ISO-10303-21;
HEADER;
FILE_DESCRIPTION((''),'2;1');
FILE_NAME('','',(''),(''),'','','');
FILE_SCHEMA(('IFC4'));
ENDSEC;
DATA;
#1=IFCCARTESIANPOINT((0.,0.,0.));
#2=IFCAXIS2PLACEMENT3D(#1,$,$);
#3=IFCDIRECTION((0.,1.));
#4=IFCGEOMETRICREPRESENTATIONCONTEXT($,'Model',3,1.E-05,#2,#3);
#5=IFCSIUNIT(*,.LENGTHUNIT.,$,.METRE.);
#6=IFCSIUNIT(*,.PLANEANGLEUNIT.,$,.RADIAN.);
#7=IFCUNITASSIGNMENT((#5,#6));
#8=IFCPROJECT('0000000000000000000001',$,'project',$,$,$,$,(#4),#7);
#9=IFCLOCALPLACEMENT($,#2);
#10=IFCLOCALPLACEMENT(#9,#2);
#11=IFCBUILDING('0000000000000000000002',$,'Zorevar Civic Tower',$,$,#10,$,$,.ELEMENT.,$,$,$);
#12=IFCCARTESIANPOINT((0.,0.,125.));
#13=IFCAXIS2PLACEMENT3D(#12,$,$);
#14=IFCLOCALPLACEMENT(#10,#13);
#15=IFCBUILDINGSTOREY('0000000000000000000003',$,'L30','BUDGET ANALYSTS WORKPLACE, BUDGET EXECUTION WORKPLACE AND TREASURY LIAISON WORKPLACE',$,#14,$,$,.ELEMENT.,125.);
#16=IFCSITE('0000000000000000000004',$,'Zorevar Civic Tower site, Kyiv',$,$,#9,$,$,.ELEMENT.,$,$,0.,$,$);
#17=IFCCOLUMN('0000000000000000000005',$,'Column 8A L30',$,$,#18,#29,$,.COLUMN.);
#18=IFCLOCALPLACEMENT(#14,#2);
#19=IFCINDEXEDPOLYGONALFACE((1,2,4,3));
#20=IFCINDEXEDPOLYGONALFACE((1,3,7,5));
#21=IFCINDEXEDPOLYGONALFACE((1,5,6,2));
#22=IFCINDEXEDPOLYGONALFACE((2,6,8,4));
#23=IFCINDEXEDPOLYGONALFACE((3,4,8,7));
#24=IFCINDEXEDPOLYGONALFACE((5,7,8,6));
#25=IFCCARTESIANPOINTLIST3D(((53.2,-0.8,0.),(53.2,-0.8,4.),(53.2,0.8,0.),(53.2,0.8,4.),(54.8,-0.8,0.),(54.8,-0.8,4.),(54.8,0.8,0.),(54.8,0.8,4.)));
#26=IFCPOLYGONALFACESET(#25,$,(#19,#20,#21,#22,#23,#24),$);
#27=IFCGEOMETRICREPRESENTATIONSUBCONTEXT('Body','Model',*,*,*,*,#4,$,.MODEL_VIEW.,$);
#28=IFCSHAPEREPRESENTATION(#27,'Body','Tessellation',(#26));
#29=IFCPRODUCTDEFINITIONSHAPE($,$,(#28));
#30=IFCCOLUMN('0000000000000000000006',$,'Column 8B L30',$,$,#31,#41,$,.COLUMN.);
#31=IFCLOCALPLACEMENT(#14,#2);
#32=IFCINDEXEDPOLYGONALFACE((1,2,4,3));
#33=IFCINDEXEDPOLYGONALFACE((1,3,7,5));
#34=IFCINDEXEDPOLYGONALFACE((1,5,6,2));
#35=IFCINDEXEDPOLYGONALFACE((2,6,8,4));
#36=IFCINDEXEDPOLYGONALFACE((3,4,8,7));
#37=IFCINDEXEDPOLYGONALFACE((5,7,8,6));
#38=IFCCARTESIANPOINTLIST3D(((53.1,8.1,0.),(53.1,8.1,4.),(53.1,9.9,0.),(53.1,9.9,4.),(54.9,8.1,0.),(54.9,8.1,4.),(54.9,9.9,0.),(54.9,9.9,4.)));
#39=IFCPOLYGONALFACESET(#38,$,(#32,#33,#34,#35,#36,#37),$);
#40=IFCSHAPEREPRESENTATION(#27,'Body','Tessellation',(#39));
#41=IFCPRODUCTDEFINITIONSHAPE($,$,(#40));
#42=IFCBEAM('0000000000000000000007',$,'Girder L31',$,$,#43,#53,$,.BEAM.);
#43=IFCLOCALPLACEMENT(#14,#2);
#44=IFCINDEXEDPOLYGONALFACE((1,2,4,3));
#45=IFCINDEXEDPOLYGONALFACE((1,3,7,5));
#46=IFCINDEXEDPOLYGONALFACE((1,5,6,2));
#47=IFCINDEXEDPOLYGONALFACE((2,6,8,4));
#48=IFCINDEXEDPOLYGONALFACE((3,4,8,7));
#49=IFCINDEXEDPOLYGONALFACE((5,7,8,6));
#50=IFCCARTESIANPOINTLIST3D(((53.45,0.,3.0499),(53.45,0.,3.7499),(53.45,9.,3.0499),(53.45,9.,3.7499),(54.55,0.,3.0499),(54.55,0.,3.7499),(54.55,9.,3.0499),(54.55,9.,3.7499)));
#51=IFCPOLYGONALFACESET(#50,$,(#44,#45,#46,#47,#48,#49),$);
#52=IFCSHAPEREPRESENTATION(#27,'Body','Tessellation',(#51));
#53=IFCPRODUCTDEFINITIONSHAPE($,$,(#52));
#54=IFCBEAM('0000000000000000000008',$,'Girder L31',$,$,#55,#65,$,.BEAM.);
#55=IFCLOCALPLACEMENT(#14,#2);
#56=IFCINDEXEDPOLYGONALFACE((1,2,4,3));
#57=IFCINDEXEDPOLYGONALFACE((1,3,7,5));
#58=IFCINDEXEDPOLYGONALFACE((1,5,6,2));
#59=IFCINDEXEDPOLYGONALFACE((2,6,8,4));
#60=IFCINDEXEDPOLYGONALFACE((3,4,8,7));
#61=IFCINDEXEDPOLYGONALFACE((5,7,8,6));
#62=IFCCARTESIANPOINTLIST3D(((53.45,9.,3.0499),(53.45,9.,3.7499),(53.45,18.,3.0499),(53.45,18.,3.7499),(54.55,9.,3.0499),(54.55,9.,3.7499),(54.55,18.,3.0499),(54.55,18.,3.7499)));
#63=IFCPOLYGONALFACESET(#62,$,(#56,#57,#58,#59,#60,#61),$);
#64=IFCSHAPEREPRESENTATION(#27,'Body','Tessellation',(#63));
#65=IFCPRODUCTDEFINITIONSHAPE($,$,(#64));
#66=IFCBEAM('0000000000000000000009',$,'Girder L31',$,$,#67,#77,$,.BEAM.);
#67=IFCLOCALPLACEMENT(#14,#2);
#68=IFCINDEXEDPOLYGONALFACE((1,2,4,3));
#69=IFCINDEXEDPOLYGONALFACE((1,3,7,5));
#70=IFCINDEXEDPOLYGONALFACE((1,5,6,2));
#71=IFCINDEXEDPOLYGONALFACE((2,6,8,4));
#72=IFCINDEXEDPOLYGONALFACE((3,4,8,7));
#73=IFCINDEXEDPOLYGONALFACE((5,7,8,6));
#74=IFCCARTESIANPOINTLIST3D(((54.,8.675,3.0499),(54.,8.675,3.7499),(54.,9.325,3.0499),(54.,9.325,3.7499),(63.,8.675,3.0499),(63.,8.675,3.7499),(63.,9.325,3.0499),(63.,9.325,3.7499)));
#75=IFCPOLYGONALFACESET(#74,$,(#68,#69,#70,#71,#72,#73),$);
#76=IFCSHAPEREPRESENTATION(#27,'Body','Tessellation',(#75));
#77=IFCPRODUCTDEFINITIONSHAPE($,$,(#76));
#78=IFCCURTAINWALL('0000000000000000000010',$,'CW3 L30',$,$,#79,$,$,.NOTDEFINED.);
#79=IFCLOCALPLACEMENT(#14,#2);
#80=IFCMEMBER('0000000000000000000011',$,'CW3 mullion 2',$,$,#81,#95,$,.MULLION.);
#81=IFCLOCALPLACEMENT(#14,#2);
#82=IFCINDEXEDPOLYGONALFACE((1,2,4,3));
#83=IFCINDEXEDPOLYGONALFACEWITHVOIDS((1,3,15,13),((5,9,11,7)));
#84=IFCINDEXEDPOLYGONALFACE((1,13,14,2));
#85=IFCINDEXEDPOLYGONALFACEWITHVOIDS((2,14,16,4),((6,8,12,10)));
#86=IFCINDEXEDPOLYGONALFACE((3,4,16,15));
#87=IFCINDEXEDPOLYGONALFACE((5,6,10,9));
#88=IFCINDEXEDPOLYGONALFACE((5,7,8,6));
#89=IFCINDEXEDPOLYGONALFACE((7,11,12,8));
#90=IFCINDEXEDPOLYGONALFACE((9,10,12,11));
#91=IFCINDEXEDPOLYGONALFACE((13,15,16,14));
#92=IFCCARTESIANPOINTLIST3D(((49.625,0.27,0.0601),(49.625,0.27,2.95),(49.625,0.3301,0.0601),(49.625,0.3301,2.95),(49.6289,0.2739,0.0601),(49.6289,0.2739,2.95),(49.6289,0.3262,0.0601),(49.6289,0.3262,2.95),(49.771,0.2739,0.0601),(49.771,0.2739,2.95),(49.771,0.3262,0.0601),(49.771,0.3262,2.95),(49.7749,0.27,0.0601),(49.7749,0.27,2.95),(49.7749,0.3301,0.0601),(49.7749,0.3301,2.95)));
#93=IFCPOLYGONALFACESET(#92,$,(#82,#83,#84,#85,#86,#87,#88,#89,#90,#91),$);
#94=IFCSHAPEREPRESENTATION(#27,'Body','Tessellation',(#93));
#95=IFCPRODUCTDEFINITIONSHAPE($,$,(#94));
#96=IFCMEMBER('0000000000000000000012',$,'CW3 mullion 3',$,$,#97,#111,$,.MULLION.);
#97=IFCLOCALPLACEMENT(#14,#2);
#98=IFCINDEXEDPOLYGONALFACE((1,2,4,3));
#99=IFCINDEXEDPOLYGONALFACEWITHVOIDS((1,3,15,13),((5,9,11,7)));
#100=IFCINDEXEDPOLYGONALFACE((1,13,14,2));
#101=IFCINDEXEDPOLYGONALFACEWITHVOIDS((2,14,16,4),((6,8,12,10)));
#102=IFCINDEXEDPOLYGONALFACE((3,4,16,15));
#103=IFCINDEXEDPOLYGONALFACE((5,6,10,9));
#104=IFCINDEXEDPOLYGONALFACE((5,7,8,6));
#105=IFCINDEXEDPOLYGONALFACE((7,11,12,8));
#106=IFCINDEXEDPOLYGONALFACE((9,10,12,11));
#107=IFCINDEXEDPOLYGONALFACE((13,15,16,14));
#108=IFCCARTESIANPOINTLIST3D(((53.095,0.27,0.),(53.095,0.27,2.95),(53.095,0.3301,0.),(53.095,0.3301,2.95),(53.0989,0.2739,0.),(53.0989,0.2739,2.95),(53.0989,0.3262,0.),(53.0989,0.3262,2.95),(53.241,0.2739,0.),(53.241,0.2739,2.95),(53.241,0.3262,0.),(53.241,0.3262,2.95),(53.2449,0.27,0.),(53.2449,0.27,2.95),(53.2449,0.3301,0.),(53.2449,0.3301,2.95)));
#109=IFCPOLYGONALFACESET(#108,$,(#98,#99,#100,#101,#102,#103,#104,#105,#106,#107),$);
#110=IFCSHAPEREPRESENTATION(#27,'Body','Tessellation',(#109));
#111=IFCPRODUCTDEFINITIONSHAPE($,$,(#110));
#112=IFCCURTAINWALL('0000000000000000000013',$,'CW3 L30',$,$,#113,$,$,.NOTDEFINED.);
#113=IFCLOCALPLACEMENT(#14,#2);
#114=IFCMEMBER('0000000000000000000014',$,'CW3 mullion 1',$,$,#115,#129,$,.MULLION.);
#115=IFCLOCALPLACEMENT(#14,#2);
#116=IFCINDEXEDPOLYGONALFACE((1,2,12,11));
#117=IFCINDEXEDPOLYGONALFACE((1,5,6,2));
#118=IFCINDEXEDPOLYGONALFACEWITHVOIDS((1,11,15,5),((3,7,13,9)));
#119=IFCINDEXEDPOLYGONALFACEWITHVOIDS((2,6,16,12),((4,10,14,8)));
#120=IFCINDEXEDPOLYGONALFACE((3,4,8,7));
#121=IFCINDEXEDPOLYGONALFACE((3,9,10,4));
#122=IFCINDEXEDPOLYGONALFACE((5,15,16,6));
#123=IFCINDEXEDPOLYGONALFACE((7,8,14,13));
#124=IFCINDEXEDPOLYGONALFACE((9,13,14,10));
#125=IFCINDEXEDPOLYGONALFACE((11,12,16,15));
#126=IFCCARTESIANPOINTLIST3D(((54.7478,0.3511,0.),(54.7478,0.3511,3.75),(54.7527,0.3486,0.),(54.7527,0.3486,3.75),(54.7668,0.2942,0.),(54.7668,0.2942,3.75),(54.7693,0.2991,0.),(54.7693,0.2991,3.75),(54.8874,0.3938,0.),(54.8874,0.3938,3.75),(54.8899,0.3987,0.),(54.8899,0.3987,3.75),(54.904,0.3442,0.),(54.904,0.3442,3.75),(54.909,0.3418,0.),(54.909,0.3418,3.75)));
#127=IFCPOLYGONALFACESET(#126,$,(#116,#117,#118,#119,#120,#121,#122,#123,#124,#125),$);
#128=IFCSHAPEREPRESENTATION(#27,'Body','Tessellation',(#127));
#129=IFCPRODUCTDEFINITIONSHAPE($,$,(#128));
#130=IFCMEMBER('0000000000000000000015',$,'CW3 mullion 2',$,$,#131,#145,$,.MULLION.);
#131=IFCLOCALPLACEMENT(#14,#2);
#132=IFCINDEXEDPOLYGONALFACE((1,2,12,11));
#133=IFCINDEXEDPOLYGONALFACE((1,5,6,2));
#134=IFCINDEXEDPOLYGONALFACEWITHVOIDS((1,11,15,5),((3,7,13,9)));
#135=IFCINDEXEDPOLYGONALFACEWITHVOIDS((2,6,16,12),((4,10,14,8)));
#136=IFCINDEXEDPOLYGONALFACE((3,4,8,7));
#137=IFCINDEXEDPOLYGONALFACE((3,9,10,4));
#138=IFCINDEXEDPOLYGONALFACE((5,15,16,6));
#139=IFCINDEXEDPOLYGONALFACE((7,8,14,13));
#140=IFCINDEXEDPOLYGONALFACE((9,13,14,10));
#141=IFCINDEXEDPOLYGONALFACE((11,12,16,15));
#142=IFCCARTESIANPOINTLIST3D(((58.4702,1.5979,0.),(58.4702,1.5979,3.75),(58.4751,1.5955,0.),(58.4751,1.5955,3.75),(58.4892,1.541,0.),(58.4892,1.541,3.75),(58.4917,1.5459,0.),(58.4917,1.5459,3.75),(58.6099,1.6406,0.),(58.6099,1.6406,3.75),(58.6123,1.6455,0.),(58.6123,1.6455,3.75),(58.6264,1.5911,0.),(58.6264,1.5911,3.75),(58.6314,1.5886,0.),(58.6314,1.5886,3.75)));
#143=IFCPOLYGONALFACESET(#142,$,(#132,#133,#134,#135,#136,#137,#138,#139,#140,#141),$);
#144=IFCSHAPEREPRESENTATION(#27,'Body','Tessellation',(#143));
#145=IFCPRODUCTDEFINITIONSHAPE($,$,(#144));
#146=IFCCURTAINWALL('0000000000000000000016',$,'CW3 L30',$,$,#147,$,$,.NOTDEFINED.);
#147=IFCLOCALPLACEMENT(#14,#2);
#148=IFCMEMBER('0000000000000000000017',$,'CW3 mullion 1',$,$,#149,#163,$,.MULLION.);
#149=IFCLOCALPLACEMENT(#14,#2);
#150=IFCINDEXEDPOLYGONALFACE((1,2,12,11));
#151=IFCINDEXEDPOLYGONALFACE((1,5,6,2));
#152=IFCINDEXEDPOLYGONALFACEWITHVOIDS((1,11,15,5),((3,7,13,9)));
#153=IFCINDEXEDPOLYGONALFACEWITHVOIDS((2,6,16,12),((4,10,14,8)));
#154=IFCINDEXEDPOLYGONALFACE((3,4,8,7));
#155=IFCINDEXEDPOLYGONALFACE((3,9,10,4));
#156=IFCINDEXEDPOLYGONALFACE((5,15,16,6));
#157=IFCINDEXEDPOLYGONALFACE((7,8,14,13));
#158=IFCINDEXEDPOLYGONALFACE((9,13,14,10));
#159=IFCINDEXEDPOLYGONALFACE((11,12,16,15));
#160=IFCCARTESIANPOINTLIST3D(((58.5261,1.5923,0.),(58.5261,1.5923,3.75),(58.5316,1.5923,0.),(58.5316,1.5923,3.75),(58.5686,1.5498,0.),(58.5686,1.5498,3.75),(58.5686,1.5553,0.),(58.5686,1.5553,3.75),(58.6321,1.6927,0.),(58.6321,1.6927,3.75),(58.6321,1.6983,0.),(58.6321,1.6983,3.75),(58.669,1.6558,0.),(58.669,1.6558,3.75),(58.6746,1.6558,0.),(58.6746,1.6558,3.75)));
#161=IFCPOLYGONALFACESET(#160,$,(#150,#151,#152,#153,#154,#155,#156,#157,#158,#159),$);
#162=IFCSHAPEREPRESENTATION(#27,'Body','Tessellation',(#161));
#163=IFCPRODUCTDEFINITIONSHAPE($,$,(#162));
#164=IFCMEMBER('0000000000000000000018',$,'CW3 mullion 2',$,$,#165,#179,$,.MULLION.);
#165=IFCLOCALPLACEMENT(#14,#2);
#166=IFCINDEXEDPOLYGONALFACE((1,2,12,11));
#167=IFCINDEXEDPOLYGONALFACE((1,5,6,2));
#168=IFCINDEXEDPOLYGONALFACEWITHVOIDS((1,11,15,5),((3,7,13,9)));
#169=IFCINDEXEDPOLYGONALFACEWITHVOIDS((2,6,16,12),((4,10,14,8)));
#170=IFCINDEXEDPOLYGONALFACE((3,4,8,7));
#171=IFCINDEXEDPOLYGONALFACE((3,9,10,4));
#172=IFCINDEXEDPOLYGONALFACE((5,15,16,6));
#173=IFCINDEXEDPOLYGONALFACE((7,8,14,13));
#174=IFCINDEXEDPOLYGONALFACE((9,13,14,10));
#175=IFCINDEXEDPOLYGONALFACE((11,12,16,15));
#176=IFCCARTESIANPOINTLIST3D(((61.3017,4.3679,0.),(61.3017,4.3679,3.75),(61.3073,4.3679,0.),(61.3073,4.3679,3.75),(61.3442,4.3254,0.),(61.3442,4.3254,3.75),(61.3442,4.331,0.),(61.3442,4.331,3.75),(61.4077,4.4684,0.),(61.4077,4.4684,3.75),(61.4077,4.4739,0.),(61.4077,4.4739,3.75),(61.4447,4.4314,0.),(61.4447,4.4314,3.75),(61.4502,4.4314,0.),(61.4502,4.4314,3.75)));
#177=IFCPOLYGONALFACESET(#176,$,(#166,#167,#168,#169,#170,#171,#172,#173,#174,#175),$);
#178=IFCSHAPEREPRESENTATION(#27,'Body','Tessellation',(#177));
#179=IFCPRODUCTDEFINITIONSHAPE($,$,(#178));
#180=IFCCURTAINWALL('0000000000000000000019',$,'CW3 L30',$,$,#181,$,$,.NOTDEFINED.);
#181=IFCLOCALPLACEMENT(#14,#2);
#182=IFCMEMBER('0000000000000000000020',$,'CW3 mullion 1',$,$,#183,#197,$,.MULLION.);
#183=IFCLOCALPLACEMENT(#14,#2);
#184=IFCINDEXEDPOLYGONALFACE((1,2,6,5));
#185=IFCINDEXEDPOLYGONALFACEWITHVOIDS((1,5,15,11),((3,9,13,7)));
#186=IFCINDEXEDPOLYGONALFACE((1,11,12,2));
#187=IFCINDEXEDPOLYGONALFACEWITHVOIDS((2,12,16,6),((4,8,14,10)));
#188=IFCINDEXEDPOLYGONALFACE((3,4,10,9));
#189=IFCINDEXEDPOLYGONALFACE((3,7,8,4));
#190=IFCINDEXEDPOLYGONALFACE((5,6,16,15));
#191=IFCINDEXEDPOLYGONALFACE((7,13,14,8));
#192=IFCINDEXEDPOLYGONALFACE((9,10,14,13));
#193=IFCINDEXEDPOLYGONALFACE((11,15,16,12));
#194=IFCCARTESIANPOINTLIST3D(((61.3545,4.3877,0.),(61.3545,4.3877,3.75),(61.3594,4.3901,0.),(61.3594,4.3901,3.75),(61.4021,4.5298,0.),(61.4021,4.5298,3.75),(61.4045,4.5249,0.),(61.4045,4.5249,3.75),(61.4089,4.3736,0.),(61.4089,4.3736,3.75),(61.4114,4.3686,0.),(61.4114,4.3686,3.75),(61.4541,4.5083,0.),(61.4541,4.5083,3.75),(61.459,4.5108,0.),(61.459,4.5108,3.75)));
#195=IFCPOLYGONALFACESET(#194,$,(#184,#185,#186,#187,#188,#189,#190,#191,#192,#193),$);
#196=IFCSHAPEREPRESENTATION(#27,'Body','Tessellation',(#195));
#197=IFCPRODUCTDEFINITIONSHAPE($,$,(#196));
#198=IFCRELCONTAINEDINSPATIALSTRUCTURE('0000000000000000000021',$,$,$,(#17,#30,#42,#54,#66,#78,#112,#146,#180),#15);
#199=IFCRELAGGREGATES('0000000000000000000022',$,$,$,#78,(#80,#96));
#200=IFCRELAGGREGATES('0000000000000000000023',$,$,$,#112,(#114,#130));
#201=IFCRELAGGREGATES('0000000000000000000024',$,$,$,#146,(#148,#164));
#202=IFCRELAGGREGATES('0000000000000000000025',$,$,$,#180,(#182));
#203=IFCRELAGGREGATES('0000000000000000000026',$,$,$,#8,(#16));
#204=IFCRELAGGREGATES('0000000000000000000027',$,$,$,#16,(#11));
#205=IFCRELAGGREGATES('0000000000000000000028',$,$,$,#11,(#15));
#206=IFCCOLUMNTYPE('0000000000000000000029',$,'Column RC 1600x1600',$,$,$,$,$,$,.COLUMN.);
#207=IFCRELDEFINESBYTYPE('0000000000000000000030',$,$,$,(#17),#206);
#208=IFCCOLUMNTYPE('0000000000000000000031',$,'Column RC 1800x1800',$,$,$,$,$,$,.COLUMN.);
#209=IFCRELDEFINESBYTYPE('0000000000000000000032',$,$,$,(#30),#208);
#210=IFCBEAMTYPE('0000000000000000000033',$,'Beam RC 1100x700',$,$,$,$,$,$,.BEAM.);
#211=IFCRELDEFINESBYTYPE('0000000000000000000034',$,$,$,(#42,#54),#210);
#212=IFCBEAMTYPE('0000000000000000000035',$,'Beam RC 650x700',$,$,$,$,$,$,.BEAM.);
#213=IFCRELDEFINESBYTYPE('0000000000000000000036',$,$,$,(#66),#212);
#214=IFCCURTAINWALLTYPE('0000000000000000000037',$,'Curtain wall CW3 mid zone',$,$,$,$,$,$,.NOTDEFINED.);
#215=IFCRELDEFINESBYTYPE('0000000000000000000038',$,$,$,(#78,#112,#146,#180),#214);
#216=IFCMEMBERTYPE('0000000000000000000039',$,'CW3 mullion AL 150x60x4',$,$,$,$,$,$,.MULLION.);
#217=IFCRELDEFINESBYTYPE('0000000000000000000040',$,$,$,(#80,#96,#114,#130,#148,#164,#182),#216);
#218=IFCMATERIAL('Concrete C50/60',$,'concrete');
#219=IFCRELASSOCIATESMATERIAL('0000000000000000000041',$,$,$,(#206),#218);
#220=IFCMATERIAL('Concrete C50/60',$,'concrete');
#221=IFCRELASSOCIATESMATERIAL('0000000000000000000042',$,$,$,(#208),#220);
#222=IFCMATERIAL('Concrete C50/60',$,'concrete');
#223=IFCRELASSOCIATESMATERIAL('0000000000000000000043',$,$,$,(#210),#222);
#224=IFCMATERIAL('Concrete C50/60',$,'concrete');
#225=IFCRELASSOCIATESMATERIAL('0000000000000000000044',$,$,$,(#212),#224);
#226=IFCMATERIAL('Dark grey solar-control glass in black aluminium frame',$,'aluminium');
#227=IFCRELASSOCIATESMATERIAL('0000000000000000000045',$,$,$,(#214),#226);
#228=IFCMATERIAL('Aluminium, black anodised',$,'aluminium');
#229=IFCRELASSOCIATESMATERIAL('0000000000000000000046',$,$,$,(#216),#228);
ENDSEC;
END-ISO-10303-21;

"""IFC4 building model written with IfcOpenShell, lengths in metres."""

from ifc_helpers import new_model, si_unit, direction, frame, origin, origin_2d, place, context, subcontext, project, spatial, rectangle, hollow_rectangle, extrude, material, material_profile, profile_set, type_object, element, aggregate, save


model = new_model("IFC4")

# Units and contexts
model_context = context("Model", 3, precision=1e-05, world=origin(), true_north=direction((0.0, 1.0)))
body_context = subcontext(model_context, "Body", "Model", "MODEL_VIEW")
ifc_project = project(units=[si_unit("LENGTHUNIT", "METRE"), si_unit("PLANEANGLEUNIT", "RADIAN")], contexts=[model_context])

# Site, building, storey
site_placement = place(None, origin())
site = spatial("IfcSite", under=ifc_project, at=site_placement, Name="Zorevar Civic Tower site, Kyiv", CompositionType="ELEMENT", RefElevation=0.0)
building_placement = place(site_placement, origin())
building = spatial("IfcBuilding", under=site, at=building_placement, Name="Zorevar Civic Tower", CompositionType="ELEMENT")
storey_placement = place(building_placement, frame((0.0, 0.0, 125.0)))
storey = spatial("IfcBuildingStorey", under=building, at=storey_placement, Name="L30", Description="BUDGET ANALYSTS WORKPLACE, BUDGET EXECUTION WORKPLACE AND TREASURY LIAISON WORKPLACE", CompositionType="ELEMENT", Elevation=125.0)

# Columns
ifc_material_1 = material(Name="Concrete C50/60", Category="concrete")
ifc_material_profile_1 = material_profile(ifc_material_1, rectangle(XDim=1.6001, YDim=1.6001, at=origin_2d()), Name="RC 1600x1600")
ifc_profile_set_1 = profile_set([ifc_material_profile_1], Name="Concrete C50/60")
column_type_1 = type_object("IfcColumnType", Name="Column RC 1600x1600", PredefinedType="COLUMN", material=ifc_profile_set_1)
column_1_placement = place(storey_placement, frame((54.0, 0.0, 0.0), z_axis=(0.0, 0.0, 1.0), x_axis=(1.0, 0.0, 0.0)))
element("IfcColumn", 1, at=column_1_placement, inside=storey, type_object=column_type_1, Name="Column 8A L30", PredefinedType="COLUMN", context=body_context, shape_type="SweptSolid", body=[
    extrude(rectangle(XDim=1.6001, YDim=1.6001, at=origin_2d()), origin(), (0.0, 0.0, 1.0), 4.0),
])
ifc_material_2 = material(Name="Concrete C50/60", Category="concrete")
ifc_material_profile_2 = material_profile(ifc_material_2, rectangle(XDim=1.8, YDim=1.8, at=origin_2d()), Name="RC 1800x1800")
ifc_profile_set_2 = profile_set([ifc_material_profile_2], Name="Concrete C50/60")
column_type_2 = type_object("IfcColumnType", Name="Column RC 1800x1800", PredefinedType="COLUMN", material=ifc_profile_set_2)
column_2_placement = place(storey_placement, frame((54.0, 9.0, 0.0), z_axis=(0.0, 0.0, 1.0), x_axis=(1.0, 0.0, 0.0)))
element("IfcColumn", 2, at=column_2_placement, inside=storey, type_object=column_type_2, Name="Column 8B L30", PredefinedType="COLUMN", context=body_context, shape_type="SweptSolid", body=[
    extrude(rectangle(XDim=1.8, YDim=1.8, at=origin_2d()), origin(), (0.0, 0.0, 1.0), 4.0),
])

# Beams
ifc_material_3 = material(Name="Concrete C50/60", Category="concrete")
ifc_material_profile_3 = material_profile(ifc_material_3, rectangle(XDim=1.1001, YDim=0.7, at=origin_2d()), Name="RC 1100x700")
ifc_profile_set_3 = profile_set([ifc_material_profile_3], Name="Concrete C50/60")
beam_type_1 = type_object("IfcBeamType", Name="Beam RC 1100x700", PredefinedType="BEAM", material=ifc_profile_set_3)
for number, where, z_axis, x_axis, name in (
    (3, (54.0, 0.0, 3.3999), (0.0, 1.0, 0.0), (-1.0, 0.0, 0.0), "Girder L31"),
    (4, (54.0, 9.0, 3.3999), (0.0, 1.0, 0.0), (-1.0, 0.0, 0.0), "Girder L31"),
):
    element("IfcBeam", number, at=place(storey_placement, frame(where, z_axis=z_axis, x_axis=x_axis)), inside=storey, type_object=beam_type_1, Name=name, PredefinedType="BEAM", context=body_context, shape_type="SweptSolid", body=[
        extrude(rectangle(XDim=1.1001, YDim=0.7, at=origin_2d()), origin(), (0.0, 0.0, 1.0), 9.0),
    ])
ifc_material_4 = material(Name="Concrete C50/60", Category="concrete")
ifc_material_profile_4 = material_profile(ifc_material_4, rectangle(XDim=0.6499, YDim=0.7, at=origin_2d()), Name="RC 650x700")
ifc_profile_set_4 = profile_set([ifc_material_profile_4], Name="Concrete C50/60")
beam_type_2 = type_object("IfcBeamType", Name="Beam RC 650x700", PredefinedType="BEAM", material=ifc_profile_set_4)
beam_1_placement = place(storey_placement, frame((54.0, 9.0, 3.3999), z_axis=(1.0, 0.0, 0.0), x_axis=(0.0, 1.0, 0.0)))
element("IfcBeam", 5, at=beam_1_placement, inside=storey, type_object=beam_type_2, Name="Girder L31", PredefinedType="BEAM", context=body_context, shape_type="SweptSolid", body=[
    extrude(rectangle(XDim=0.6499, YDim=0.7, at=origin_2d()), origin(), (0.0, 0.0, 1.0), 9.0),
])

# Curtain walls, members
ifc_material_5 = material(Name="Dark grey solar-control glass in black aluminium frame", Category="aluminium")
curtain_wall_type = type_object("IfcCurtainWallType", Name="Curtain wall CW3 mid zone", PredefinedType="NOTDEFINED", material=ifc_material_5)
curtain_wall_1_placement = place(storey_placement, origin())
curtain_wall_1 = element("IfcCurtainWall", 6, at=curtain_wall_1_placement, inside=storey, type_object=curtain_wall_type, Name="CW3 L30", PredefinedType="NOTDEFINED")
ifc_material_6 = material(Name="Aluminium, black anodised", Category="aluminium")
ifc_material_profile_5 = material_profile(ifc_material_6, hollow_rectangle(XDim=0.0601, YDim=0.1499, WallThickness=0.0039, at=origin_2d()), Name="AL 150x60x4")
ifc_profile_set_5 = profile_set([ifc_material_profile_5], Name="Aluminium, black anodised")
member_type_1 = type_object("IfcMemberType", Name="CW3 mullion AL 150x60x4", PredefinedType="MULLION", material=ifc_profile_set_5)
member_1_placement = place(storey_placement, frame((49.7, 0.3, 0.0601), z_axis=(0.0, 0.0, 1.0), x_axis=(0.0, 1.0, 0.0)))
member_1 = element("IfcMember", 7, at=member_1_placement, type_object=member_type_1, Name="CW3 mullion 2", PredefinedType="MULLION", context=body_context, shape_type="SweptSolid", body=[
    extrude(hollow_rectangle(XDim=0.0601, YDim=0.1499, WallThickness=0.0039, at=origin_2d()), origin(), (0.0, 0.0, 1.0), 2.8899),
])
member_2_placement = place(storey_placement, frame((53.1699, 0.3, 0.0), z_axis=(0.0, 0.0, 1.0), x_axis=(0.0, 1.0, 0.0)))
member_2 = element("IfcMember", 8, at=member_2_placement, type_object=member_type_1, Name="CW3 mullion 3", PredefinedType="MULLION", context=body_context, shape_type="SweptSolid", body=[
    extrude(hollow_rectangle(XDim=0.0601, YDim=0.1499, WallThickness=0.0039, at=origin_2d()), origin(), (0.0, 0.0, 1.0), 2.95),
])
curtain_wall_2_placement = place(storey_placement, origin())
curtain_wall_2 = element("IfcCurtainWall", 9, at=curtain_wall_2_placement, inside=storey, type_object=curtain_wall_type, Name="CW3 L30", PredefinedType="NOTDEFINED")
member_3_placement = place(storey_placement, frame((54.8284, 0.3464, 0.0), z_axis=(0.0, 0.0, 1.0), x_axis=(-0.317593, 0.948227, 0.0)))
member_3 = element("IfcMember", 10, at=member_3_placement, type_object=member_type_1, Name="CW3 mullion 1", PredefinedType="MULLION", context=body_context, shape_type="SweptSolid", body=[
    extrude(hollow_rectangle(XDim=0.0601, YDim=0.1499, WallThickness=0.0039, at=origin_2d()), origin(), (0.0, 0.0, 1.0), 3.75),
])
member_4_placement = place(storey_placement, frame((58.5508, 1.5933, 0.0), z_axis=(0.0, 0.0, 1.0), x_axis=(-0.317593, 0.948227, 0.0)))
member_4 = element("IfcMember", 11, at=member_4_placement, type_object=member_type_1, Name="CW3 mullion 2", PredefinedType="MULLION", context=body_context, shape_type="SweptSolid", body=[
    extrude(hollow_rectangle(XDim=0.0601, YDim=0.1499, WallThickness=0.0039, at=origin_2d()), origin(), (0.0, 0.0, 1.0), 3.75),
])
curtain_wall_3_placement = place(storey_placement, origin())
curtain_wall_3 = element("IfcCurtainWall", 12, at=curtain_wall_3_placement, inside=storey, type_object=curtain_wall_type, Name="CW3 L30", PredefinedType="NOTDEFINED")
member_5_placement = place(storey_placement, frame((58.6003, 1.624, 0.0), z_axis=(0.0, 0.0, 1.0), x_axis=(-0.707107, 0.707107, 0.0)))
member_5 = element("IfcMember", 13, at=member_5_placement, type_object=member_type_1, Name="CW3 mullion 1", PredefinedType="MULLION", context=body_context, shape_type="SweptSolid", body=[
    extrude(hollow_rectangle(XDim=0.0601, YDim=0.1499, WallThickness=0.0039, at=origin_2d()), origin(), (0.0, 0.0, 1.0), 3.75),
])
member_6_placement = place(storey_placement, frame((61.376, 4.3997, 0.0), z_axis=(0.0, 0.0, 1.0), x_axis=(-0.707107, 0.707107, 0.0)))
member_6 = element("IfcMember", 14, at=member_6_placement, type_object=member_type_1, Name="CW3 mullion 2", PredefinedType="MULLION", context=body_context, shape_type="SweptSolid", body=[
    extrude(hollow_rectangle(XDim=0.0601, YDim=0.1499, WallThickness=0.0039, at=origin_2d()), origin(), (0.0, 0.0, 1.0), 3.75),
])
curtain_wall_4_placement = place(storey_placement, origin())
curtain_wall_4 = element("IfcCurtainWall", 15, at=curtain_wall_4_placement, inside=storey, type_object=curtain_wall_type, Name="CW3 L30", PredefinedType="NOTDEFINED")
member_7_placement = place(storey_placement, frame((61.4067, 4.4492, 0.0), z_axis=(0.0, 0.0, 1.0), x_axis=(-0.948227, 0.317593, 0.0)))
member_7 = element("IfcMember", 16, at=member_7_placement, type_object=member_type_1, Name="CW3 mullion 1", PredefinedType="MULLION", context=body_context, shape_type="SweptSolid", body=[
    extrude(hollow_rectangle(XDim=0.0601, YDim=0.1499, WallThickness=0.0039, at=origin_2d()), origin(), (0.0, 0.0, 1.0), 3.75),
])

aggregate(curtain_wall_1, [member_1, member_2])
aggregate(curtain_wall_2, [member_3, member_4])
aggregate(curtain_wall_3, [member_5, member_6])
aggregate(curtain_wall_4, [member_7])

save(model, "model.ifc")
